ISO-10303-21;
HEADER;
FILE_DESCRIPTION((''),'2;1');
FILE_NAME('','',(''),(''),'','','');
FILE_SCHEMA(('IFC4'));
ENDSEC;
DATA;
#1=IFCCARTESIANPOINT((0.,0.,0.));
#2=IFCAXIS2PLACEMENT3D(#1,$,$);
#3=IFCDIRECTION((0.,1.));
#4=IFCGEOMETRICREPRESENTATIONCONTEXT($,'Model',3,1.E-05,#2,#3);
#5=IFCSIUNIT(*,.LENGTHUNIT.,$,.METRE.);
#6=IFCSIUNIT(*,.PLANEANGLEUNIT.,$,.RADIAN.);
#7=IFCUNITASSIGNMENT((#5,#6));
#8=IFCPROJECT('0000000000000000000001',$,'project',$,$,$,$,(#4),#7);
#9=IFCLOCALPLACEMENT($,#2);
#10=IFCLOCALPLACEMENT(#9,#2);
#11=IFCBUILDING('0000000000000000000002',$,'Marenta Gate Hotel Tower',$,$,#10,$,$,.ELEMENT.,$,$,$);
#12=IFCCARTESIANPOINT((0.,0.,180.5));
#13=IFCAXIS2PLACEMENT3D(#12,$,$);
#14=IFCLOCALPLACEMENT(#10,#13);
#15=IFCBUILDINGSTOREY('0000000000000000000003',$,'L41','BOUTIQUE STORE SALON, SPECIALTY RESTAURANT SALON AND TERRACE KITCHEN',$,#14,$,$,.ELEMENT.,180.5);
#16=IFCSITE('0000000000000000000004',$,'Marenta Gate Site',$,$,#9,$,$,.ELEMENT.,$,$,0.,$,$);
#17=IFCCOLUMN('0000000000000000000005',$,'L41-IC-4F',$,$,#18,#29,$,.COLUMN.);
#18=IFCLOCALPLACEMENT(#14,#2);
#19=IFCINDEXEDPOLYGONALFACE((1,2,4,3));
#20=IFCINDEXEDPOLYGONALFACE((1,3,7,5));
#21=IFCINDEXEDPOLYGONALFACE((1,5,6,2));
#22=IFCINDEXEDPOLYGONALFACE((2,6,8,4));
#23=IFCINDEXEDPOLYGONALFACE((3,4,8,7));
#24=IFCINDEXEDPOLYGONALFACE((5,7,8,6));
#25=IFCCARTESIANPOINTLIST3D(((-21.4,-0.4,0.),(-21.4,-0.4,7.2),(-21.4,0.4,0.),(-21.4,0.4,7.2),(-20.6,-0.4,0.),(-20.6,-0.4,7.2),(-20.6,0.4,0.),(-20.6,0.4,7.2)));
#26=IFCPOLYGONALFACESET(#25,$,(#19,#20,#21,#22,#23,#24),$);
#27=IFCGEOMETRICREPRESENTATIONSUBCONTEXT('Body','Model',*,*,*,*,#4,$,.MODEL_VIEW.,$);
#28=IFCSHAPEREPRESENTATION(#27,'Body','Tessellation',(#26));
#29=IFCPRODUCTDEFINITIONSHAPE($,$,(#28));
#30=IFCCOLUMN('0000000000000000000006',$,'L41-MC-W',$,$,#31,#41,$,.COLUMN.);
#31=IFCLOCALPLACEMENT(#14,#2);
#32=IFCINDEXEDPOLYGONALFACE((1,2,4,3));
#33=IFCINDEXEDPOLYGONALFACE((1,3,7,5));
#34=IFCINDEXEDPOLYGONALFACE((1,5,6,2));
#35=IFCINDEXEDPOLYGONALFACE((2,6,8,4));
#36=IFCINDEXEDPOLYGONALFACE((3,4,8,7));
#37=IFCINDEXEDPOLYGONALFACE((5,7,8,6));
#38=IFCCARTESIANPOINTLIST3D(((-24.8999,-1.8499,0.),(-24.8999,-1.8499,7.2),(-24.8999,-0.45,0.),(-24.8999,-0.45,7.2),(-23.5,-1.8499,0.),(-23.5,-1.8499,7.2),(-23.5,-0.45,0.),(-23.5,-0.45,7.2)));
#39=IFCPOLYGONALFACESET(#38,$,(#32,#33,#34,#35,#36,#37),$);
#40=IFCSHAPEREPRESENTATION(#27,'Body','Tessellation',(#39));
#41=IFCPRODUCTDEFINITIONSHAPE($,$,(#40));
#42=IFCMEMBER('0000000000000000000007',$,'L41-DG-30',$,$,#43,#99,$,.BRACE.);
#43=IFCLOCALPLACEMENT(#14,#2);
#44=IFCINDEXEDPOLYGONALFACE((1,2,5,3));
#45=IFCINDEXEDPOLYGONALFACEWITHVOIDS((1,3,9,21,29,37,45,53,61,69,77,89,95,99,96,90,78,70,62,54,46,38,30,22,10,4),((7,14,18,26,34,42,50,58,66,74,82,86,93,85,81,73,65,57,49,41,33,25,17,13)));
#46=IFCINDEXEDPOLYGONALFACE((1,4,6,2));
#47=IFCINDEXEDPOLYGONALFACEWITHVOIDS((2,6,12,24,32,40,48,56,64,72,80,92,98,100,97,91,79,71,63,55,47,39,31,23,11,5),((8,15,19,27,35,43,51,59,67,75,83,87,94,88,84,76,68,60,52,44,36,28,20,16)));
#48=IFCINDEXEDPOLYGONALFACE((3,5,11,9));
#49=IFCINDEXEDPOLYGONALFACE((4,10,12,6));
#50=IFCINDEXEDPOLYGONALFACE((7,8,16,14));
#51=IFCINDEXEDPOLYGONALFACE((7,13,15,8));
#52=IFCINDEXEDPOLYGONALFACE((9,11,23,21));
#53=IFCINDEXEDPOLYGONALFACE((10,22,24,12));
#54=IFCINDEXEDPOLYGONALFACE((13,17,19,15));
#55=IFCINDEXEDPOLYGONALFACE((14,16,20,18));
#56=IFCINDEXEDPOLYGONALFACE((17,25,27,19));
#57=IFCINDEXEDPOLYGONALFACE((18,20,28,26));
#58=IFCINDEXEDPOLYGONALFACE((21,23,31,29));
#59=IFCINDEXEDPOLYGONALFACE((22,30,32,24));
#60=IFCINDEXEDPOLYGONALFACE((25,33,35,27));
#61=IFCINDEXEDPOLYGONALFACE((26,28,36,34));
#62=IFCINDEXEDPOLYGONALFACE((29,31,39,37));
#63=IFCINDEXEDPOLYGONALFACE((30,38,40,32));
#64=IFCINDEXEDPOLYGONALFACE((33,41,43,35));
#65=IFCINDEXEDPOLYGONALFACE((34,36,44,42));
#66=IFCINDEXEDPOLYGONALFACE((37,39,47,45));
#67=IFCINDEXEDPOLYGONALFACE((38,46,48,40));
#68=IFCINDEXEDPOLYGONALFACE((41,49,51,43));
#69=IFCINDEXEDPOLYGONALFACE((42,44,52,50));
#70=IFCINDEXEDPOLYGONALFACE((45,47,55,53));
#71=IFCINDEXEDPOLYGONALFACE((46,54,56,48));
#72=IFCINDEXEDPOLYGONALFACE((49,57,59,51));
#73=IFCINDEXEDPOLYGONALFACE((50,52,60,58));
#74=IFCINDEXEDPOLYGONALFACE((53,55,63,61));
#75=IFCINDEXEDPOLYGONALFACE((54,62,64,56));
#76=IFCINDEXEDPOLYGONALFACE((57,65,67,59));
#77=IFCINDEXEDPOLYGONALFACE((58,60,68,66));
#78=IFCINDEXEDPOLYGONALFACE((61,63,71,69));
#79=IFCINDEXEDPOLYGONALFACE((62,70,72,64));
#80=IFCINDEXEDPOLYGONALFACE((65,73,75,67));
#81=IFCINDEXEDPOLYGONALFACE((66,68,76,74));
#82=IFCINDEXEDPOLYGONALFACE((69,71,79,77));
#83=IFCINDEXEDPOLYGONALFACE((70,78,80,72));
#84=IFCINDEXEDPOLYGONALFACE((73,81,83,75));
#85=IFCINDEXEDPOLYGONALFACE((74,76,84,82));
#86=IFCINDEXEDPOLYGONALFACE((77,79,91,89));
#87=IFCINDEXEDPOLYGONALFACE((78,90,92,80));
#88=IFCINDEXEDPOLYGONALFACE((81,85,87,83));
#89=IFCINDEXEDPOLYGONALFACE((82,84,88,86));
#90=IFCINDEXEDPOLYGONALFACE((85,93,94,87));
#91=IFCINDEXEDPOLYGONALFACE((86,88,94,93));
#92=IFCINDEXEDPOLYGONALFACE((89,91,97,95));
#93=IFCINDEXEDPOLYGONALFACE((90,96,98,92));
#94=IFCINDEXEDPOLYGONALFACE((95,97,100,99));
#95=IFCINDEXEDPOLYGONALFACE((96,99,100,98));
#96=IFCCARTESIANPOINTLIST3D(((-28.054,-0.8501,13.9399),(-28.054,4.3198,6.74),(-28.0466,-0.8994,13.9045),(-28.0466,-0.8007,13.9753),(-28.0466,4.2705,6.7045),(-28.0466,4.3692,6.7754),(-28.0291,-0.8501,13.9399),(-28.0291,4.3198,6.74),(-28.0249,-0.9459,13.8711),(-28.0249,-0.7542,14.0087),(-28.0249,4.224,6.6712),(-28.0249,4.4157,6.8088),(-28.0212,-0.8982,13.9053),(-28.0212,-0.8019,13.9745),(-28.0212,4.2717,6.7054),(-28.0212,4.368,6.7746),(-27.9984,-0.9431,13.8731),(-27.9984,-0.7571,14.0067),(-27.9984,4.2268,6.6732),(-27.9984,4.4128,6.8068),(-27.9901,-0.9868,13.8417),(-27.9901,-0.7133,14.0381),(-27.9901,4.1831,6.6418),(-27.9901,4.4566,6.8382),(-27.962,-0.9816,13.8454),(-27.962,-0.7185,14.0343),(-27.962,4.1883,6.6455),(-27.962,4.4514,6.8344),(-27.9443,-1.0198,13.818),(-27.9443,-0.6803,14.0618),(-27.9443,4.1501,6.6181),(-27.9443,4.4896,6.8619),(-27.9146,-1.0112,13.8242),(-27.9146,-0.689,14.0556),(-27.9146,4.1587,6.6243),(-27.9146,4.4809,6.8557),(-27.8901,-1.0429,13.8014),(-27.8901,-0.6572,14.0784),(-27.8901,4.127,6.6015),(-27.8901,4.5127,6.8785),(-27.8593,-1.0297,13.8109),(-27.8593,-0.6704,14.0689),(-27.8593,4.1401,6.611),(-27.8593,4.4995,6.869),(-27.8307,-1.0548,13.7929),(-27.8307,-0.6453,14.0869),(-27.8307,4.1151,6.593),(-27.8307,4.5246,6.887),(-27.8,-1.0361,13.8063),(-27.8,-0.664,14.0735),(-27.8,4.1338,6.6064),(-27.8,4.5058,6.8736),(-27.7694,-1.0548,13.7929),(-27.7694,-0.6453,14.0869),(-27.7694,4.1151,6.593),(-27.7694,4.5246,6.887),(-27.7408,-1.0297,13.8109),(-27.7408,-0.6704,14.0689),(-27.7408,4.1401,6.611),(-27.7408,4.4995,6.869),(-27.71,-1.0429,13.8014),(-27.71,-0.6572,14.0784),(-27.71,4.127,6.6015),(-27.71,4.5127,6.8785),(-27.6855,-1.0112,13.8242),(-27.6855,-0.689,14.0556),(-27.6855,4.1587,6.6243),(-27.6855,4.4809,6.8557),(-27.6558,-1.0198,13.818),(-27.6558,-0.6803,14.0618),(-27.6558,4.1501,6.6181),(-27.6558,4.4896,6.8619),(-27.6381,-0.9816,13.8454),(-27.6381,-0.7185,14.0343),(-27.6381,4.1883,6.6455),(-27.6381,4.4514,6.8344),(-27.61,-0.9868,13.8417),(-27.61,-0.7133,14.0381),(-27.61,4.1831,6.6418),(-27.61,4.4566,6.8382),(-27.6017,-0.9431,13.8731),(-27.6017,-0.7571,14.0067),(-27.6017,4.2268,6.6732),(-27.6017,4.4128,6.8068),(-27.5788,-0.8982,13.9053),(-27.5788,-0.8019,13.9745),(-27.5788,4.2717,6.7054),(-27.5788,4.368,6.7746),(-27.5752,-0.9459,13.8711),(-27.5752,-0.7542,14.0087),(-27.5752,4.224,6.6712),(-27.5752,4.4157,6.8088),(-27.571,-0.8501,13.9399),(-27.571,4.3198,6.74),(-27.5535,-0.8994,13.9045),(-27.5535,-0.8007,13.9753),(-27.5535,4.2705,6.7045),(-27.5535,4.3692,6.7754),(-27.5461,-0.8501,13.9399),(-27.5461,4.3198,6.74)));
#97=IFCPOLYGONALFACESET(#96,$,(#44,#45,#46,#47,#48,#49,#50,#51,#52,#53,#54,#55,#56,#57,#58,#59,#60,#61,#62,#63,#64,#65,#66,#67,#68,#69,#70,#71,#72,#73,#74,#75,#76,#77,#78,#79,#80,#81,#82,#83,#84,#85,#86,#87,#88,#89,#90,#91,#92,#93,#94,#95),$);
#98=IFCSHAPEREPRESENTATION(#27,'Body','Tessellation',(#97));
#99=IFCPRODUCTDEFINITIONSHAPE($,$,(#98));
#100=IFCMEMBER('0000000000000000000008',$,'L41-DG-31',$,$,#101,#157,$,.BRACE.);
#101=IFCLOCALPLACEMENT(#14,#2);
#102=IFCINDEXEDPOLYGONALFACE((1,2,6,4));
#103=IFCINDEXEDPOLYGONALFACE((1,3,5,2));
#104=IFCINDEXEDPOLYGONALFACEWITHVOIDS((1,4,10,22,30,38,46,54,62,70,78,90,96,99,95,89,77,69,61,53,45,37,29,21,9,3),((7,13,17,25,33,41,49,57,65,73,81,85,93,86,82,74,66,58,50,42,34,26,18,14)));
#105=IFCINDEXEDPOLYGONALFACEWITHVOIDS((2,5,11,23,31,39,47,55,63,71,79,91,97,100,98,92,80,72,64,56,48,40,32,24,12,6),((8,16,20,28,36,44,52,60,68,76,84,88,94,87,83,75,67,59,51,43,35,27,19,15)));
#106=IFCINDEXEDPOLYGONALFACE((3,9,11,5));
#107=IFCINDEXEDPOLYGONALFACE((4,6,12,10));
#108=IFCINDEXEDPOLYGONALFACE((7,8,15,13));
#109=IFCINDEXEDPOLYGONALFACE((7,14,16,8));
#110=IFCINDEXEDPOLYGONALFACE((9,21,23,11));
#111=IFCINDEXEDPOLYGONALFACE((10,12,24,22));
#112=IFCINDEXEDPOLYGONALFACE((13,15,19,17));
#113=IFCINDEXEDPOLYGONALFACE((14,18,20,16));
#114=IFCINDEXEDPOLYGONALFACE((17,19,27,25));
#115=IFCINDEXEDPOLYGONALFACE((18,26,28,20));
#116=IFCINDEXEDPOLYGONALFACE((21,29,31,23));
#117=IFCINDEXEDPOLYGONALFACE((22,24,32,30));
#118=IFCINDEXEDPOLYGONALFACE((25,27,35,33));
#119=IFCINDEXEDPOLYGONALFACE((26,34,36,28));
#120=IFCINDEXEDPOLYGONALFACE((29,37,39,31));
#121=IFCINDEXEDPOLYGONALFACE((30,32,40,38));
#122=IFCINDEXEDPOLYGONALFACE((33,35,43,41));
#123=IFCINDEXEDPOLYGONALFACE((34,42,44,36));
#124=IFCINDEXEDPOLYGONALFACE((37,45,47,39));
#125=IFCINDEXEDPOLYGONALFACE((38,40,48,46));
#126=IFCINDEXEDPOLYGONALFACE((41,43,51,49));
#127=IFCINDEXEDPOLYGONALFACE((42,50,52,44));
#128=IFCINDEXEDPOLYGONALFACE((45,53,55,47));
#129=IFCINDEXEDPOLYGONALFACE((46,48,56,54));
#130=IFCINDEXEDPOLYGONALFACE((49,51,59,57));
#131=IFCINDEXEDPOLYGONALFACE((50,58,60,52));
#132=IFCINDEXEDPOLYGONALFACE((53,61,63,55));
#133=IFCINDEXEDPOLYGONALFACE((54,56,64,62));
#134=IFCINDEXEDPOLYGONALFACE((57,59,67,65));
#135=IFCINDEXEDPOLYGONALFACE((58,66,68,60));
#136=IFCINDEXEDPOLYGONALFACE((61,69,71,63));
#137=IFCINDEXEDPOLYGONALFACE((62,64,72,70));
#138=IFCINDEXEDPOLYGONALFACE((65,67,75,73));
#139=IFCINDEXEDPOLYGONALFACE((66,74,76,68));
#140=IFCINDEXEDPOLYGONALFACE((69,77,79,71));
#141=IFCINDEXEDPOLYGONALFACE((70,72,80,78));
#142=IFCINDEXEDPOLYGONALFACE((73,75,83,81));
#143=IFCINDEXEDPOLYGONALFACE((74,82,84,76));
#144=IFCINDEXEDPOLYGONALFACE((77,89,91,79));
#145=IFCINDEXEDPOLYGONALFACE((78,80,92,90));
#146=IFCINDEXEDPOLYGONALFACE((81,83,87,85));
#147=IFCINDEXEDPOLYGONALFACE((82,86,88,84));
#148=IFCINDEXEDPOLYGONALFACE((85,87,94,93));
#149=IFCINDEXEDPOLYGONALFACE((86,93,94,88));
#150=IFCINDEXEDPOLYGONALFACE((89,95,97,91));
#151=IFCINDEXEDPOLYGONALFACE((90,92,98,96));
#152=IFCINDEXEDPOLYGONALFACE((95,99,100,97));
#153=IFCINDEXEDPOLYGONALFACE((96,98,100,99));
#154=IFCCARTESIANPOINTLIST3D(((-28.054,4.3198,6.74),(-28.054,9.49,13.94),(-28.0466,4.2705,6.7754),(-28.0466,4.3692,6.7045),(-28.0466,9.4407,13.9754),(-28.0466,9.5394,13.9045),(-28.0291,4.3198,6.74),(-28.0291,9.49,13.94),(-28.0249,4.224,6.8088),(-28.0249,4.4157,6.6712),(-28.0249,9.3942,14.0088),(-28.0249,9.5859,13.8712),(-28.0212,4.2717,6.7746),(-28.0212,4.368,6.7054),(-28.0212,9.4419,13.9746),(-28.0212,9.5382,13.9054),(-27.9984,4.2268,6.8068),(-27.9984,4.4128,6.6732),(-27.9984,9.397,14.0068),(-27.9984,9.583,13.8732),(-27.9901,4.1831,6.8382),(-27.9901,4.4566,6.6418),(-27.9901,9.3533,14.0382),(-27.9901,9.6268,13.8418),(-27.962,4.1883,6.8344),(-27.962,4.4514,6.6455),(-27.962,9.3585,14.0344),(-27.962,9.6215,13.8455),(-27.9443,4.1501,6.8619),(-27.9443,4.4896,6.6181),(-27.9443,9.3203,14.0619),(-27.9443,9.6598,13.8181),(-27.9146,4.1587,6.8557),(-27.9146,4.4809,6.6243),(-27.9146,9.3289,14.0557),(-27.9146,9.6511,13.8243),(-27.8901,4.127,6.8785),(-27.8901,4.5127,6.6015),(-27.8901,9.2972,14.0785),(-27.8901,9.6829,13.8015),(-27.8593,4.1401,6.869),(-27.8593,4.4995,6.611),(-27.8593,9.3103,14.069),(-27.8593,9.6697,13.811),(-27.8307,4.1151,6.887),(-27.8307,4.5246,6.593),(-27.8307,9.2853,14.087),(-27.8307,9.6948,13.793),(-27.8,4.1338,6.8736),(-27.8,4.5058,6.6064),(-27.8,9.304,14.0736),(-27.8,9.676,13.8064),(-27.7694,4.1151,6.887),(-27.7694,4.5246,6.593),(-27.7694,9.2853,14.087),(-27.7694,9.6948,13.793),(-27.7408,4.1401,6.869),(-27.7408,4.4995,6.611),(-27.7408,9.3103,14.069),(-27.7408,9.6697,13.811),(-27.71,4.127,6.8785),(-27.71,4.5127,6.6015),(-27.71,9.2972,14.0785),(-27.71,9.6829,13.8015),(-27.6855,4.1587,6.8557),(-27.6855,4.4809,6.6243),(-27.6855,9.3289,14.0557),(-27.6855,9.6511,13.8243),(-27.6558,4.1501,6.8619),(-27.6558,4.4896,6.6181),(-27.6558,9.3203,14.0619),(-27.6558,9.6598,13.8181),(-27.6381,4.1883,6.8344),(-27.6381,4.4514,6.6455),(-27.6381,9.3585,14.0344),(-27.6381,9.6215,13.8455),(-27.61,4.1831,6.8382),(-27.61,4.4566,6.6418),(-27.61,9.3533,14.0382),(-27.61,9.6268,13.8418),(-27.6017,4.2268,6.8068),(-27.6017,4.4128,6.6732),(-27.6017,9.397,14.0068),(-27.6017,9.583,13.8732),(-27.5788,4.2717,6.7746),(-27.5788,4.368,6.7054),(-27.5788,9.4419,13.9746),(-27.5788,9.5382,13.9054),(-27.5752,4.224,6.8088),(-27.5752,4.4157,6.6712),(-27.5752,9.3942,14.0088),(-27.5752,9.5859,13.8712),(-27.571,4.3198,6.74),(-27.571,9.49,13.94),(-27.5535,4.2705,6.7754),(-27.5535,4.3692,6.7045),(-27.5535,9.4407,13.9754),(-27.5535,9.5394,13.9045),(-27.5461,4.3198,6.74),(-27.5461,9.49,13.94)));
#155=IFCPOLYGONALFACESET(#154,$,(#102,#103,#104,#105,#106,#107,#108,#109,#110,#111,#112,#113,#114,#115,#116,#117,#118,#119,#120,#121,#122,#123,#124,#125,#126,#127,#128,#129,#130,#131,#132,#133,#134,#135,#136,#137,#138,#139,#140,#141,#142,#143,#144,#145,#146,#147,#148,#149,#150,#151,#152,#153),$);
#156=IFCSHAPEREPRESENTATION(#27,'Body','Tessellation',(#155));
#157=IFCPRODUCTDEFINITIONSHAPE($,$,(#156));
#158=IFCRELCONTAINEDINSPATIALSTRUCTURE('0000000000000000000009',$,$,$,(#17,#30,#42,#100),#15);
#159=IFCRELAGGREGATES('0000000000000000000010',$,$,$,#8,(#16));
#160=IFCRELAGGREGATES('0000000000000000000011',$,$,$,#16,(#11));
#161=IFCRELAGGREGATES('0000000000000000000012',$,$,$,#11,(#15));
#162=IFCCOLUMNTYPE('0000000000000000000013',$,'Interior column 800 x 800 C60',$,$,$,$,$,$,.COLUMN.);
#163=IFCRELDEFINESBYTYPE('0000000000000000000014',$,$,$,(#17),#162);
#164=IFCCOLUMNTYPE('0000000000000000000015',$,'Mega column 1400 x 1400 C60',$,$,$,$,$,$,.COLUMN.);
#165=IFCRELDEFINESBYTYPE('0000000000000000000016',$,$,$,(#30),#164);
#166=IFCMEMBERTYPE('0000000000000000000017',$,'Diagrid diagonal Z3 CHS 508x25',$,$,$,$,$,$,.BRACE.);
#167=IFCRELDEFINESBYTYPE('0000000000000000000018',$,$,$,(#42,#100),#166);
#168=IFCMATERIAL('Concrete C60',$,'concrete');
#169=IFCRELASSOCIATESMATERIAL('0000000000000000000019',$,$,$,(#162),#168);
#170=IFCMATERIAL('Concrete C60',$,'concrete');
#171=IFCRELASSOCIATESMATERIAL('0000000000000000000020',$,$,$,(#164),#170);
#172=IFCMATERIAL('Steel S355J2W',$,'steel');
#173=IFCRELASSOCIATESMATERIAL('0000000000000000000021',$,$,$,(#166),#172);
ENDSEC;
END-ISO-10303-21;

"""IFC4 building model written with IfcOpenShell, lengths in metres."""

from ifc_helpers import new_model, si_unit, direction, frame, origin, origin_2d, place, context, subcontext, project, spatial, rectangle, hollow_circle, extrude, material, material_profile, profile_set, type_object, element, save


model = new_model("IFC4")

# Units and contexts
model_context = context("Model", 3, precision=1e-05, world=origin(), true_north=direction((0.0, 1.0)))
body_context = subcontext(model_context, "Body", "Model", "MODEL_VIEW")
ifc_project = project(units=[si_unit("LENGTHUNIT", "METRE"), si_unit("PLANEANGLEUNIT", "RADIAN")], contexts=[model_context])

# Site, building, storey
site_placement = place(None, origin())
site = spatial("IfcSite", under=ifc_project, at=site_placement, Name="Marenta Gate Site", CompositionType="ELEMENT", RefElevation=0.0)
building_placement = place(site_placement, origin())
building = spatial("IfcBuilding", under=site, at=building_placement, Name="Marenta Gate Hotel Tower", CompositionType="ELEMENT")
storey_placement = place(building_placement, frame((0.0, 0.0, 180.5)))
storey = spatial("IfcBuildingStorey", under=building, at=storey_placement, Name="L41", Description="BOUTIQUE STORE SALON, SPECIALTY RESTAURANT SALON AND TERRACE KITCHEN", CompositionType="ELEMENT", Elevation=180.5)

# Columns
ifc_material_1 = material(Name="Concrete C60", Category="concrete")
ifc_material_profile_1 = material_profile(ifc_material_1, rectangle(XDim=0.8, YDim=0.8, at=origin_2d()), Name="800 x 800")
ifc_profile_set_1 = profile_set([ifc_material_profile_1], Name="Concrete C60")
column_type_1 = type_object("IfcColumnType", Name="Interior column 800 x 800 C60", PredefinedType="COLUMN", material=ifc_profile_set_1)
column_1_placement = place(storey_placement, frame((-21.0, 0.0, 0.0), z_axis=(0.0, 0.0, 1.0), x_axis=(1.0, 0.0, 0.0)))
element("IfcColumn", 1, at=column_1_placement, inside=storey, type_object=column_type_1, Name="L41-IC-4F", PredefinedType="COLUMN", context=body_context, shape_type="SweptSolid", body=[
    extrude(rectangle(XDim=0.8, YDim=0.8, at=origin_2d()), origin(), (0.0, 0.0, 1.0), 7.2),
])
ifc_material_2 = material(Name="Concrete C60", Category="concrete")
ifc_material_profile_2 = material_profile(ifc_material_2, rectangle(XDim=1.3999, YDim=1.3999, at=origin_2d()), Name="1400 x 1400")
ifc_profile_set_2 = profile_set([ifc_material_profile_2], Name="Concrete C60")
column_type_2 = type_object("IfcColumnType", Name="Mega column 1400 x 1400 C60", PredefinedType="COLUMN", material=ifc_profile_set_2)
column_2_placement = place(storey_placement, frame((-24.2, -1.1499, 0.0), z_axis=(0.0, 0.0, 1.0), x_axis=(1.0, 0.0, 0.0)))
element("IfcColumn", 2, at=column_2_placement, inside=storey, type_object=column_type_2, Name="L41-MC-W", PredefinedType="COLUMN", context=body_context, shape_type="SweptSolid", body=[
    extrude(rectangle(XDim=1.3999, YDim=1.3999, at=origin_2d()), origin(), (0.0, 0.0, 1.0), 7.2),
])

# Members
ifc_material_3 = material(Name="Steel S355J2W", Category="steel")
ifc_material_profile_3 = material_profile(ifc_material_3, hollow_circle(Radius=0.2539, WallThickness=0.0249, at=origin_2d()), Name="CHS 508x25")
ifc_profile_set_3 = profile_set([ifc_material_profile_3], Name="Steel S355J2W")
member_type_1 = type_object("IfcMemberType", Name="Diagrid diagonal Z3 CHS 508x25", PredefinedType="BRACE", material=ifc_profile_set_3)
member_1_placement = place(storey_placement, frame((-27.8, 4.3198, 6.74), z_axis=(0.0, -0.583261, 0.812285), x_axis=(1.0, 0.0, 0.0)))
element("IfcMember", 3, at=member_1_placement, inside=storey, type_object=member_type_1, Name="L41-DG-30", PredefinedType="BRACE", context=body_context, shape_type="SweptSolid", body=[
    extrude(hollow_circle(Radius=0.2539, WallThickness=0.0249, at=origin_2d()), origin(), (0.0, 0.0, 1.0), 8.8638),
])
member_2_placement = place(storey_placement, frame((-27.8, 4.3198, 6.74), z_axis=(0.0, 0.583279, 0.812272), x_axis=(-1.0, 0.0, 0.0)))
element("IfcMember", 4, at=member_2_placement, inside=storey, type_object=member_type_1, Name="L41-DG-31", PredefinedType="BRACE", context=body_context, shape_type="SweptSolid", body=[
    extrude(hollow_circle(Radius=0.2539, WallThickness=0.0249, at=origin_2d()), origin(), (0.0, 0.0, 1.0), 8.864),
])

save(model, "model.ifc")
